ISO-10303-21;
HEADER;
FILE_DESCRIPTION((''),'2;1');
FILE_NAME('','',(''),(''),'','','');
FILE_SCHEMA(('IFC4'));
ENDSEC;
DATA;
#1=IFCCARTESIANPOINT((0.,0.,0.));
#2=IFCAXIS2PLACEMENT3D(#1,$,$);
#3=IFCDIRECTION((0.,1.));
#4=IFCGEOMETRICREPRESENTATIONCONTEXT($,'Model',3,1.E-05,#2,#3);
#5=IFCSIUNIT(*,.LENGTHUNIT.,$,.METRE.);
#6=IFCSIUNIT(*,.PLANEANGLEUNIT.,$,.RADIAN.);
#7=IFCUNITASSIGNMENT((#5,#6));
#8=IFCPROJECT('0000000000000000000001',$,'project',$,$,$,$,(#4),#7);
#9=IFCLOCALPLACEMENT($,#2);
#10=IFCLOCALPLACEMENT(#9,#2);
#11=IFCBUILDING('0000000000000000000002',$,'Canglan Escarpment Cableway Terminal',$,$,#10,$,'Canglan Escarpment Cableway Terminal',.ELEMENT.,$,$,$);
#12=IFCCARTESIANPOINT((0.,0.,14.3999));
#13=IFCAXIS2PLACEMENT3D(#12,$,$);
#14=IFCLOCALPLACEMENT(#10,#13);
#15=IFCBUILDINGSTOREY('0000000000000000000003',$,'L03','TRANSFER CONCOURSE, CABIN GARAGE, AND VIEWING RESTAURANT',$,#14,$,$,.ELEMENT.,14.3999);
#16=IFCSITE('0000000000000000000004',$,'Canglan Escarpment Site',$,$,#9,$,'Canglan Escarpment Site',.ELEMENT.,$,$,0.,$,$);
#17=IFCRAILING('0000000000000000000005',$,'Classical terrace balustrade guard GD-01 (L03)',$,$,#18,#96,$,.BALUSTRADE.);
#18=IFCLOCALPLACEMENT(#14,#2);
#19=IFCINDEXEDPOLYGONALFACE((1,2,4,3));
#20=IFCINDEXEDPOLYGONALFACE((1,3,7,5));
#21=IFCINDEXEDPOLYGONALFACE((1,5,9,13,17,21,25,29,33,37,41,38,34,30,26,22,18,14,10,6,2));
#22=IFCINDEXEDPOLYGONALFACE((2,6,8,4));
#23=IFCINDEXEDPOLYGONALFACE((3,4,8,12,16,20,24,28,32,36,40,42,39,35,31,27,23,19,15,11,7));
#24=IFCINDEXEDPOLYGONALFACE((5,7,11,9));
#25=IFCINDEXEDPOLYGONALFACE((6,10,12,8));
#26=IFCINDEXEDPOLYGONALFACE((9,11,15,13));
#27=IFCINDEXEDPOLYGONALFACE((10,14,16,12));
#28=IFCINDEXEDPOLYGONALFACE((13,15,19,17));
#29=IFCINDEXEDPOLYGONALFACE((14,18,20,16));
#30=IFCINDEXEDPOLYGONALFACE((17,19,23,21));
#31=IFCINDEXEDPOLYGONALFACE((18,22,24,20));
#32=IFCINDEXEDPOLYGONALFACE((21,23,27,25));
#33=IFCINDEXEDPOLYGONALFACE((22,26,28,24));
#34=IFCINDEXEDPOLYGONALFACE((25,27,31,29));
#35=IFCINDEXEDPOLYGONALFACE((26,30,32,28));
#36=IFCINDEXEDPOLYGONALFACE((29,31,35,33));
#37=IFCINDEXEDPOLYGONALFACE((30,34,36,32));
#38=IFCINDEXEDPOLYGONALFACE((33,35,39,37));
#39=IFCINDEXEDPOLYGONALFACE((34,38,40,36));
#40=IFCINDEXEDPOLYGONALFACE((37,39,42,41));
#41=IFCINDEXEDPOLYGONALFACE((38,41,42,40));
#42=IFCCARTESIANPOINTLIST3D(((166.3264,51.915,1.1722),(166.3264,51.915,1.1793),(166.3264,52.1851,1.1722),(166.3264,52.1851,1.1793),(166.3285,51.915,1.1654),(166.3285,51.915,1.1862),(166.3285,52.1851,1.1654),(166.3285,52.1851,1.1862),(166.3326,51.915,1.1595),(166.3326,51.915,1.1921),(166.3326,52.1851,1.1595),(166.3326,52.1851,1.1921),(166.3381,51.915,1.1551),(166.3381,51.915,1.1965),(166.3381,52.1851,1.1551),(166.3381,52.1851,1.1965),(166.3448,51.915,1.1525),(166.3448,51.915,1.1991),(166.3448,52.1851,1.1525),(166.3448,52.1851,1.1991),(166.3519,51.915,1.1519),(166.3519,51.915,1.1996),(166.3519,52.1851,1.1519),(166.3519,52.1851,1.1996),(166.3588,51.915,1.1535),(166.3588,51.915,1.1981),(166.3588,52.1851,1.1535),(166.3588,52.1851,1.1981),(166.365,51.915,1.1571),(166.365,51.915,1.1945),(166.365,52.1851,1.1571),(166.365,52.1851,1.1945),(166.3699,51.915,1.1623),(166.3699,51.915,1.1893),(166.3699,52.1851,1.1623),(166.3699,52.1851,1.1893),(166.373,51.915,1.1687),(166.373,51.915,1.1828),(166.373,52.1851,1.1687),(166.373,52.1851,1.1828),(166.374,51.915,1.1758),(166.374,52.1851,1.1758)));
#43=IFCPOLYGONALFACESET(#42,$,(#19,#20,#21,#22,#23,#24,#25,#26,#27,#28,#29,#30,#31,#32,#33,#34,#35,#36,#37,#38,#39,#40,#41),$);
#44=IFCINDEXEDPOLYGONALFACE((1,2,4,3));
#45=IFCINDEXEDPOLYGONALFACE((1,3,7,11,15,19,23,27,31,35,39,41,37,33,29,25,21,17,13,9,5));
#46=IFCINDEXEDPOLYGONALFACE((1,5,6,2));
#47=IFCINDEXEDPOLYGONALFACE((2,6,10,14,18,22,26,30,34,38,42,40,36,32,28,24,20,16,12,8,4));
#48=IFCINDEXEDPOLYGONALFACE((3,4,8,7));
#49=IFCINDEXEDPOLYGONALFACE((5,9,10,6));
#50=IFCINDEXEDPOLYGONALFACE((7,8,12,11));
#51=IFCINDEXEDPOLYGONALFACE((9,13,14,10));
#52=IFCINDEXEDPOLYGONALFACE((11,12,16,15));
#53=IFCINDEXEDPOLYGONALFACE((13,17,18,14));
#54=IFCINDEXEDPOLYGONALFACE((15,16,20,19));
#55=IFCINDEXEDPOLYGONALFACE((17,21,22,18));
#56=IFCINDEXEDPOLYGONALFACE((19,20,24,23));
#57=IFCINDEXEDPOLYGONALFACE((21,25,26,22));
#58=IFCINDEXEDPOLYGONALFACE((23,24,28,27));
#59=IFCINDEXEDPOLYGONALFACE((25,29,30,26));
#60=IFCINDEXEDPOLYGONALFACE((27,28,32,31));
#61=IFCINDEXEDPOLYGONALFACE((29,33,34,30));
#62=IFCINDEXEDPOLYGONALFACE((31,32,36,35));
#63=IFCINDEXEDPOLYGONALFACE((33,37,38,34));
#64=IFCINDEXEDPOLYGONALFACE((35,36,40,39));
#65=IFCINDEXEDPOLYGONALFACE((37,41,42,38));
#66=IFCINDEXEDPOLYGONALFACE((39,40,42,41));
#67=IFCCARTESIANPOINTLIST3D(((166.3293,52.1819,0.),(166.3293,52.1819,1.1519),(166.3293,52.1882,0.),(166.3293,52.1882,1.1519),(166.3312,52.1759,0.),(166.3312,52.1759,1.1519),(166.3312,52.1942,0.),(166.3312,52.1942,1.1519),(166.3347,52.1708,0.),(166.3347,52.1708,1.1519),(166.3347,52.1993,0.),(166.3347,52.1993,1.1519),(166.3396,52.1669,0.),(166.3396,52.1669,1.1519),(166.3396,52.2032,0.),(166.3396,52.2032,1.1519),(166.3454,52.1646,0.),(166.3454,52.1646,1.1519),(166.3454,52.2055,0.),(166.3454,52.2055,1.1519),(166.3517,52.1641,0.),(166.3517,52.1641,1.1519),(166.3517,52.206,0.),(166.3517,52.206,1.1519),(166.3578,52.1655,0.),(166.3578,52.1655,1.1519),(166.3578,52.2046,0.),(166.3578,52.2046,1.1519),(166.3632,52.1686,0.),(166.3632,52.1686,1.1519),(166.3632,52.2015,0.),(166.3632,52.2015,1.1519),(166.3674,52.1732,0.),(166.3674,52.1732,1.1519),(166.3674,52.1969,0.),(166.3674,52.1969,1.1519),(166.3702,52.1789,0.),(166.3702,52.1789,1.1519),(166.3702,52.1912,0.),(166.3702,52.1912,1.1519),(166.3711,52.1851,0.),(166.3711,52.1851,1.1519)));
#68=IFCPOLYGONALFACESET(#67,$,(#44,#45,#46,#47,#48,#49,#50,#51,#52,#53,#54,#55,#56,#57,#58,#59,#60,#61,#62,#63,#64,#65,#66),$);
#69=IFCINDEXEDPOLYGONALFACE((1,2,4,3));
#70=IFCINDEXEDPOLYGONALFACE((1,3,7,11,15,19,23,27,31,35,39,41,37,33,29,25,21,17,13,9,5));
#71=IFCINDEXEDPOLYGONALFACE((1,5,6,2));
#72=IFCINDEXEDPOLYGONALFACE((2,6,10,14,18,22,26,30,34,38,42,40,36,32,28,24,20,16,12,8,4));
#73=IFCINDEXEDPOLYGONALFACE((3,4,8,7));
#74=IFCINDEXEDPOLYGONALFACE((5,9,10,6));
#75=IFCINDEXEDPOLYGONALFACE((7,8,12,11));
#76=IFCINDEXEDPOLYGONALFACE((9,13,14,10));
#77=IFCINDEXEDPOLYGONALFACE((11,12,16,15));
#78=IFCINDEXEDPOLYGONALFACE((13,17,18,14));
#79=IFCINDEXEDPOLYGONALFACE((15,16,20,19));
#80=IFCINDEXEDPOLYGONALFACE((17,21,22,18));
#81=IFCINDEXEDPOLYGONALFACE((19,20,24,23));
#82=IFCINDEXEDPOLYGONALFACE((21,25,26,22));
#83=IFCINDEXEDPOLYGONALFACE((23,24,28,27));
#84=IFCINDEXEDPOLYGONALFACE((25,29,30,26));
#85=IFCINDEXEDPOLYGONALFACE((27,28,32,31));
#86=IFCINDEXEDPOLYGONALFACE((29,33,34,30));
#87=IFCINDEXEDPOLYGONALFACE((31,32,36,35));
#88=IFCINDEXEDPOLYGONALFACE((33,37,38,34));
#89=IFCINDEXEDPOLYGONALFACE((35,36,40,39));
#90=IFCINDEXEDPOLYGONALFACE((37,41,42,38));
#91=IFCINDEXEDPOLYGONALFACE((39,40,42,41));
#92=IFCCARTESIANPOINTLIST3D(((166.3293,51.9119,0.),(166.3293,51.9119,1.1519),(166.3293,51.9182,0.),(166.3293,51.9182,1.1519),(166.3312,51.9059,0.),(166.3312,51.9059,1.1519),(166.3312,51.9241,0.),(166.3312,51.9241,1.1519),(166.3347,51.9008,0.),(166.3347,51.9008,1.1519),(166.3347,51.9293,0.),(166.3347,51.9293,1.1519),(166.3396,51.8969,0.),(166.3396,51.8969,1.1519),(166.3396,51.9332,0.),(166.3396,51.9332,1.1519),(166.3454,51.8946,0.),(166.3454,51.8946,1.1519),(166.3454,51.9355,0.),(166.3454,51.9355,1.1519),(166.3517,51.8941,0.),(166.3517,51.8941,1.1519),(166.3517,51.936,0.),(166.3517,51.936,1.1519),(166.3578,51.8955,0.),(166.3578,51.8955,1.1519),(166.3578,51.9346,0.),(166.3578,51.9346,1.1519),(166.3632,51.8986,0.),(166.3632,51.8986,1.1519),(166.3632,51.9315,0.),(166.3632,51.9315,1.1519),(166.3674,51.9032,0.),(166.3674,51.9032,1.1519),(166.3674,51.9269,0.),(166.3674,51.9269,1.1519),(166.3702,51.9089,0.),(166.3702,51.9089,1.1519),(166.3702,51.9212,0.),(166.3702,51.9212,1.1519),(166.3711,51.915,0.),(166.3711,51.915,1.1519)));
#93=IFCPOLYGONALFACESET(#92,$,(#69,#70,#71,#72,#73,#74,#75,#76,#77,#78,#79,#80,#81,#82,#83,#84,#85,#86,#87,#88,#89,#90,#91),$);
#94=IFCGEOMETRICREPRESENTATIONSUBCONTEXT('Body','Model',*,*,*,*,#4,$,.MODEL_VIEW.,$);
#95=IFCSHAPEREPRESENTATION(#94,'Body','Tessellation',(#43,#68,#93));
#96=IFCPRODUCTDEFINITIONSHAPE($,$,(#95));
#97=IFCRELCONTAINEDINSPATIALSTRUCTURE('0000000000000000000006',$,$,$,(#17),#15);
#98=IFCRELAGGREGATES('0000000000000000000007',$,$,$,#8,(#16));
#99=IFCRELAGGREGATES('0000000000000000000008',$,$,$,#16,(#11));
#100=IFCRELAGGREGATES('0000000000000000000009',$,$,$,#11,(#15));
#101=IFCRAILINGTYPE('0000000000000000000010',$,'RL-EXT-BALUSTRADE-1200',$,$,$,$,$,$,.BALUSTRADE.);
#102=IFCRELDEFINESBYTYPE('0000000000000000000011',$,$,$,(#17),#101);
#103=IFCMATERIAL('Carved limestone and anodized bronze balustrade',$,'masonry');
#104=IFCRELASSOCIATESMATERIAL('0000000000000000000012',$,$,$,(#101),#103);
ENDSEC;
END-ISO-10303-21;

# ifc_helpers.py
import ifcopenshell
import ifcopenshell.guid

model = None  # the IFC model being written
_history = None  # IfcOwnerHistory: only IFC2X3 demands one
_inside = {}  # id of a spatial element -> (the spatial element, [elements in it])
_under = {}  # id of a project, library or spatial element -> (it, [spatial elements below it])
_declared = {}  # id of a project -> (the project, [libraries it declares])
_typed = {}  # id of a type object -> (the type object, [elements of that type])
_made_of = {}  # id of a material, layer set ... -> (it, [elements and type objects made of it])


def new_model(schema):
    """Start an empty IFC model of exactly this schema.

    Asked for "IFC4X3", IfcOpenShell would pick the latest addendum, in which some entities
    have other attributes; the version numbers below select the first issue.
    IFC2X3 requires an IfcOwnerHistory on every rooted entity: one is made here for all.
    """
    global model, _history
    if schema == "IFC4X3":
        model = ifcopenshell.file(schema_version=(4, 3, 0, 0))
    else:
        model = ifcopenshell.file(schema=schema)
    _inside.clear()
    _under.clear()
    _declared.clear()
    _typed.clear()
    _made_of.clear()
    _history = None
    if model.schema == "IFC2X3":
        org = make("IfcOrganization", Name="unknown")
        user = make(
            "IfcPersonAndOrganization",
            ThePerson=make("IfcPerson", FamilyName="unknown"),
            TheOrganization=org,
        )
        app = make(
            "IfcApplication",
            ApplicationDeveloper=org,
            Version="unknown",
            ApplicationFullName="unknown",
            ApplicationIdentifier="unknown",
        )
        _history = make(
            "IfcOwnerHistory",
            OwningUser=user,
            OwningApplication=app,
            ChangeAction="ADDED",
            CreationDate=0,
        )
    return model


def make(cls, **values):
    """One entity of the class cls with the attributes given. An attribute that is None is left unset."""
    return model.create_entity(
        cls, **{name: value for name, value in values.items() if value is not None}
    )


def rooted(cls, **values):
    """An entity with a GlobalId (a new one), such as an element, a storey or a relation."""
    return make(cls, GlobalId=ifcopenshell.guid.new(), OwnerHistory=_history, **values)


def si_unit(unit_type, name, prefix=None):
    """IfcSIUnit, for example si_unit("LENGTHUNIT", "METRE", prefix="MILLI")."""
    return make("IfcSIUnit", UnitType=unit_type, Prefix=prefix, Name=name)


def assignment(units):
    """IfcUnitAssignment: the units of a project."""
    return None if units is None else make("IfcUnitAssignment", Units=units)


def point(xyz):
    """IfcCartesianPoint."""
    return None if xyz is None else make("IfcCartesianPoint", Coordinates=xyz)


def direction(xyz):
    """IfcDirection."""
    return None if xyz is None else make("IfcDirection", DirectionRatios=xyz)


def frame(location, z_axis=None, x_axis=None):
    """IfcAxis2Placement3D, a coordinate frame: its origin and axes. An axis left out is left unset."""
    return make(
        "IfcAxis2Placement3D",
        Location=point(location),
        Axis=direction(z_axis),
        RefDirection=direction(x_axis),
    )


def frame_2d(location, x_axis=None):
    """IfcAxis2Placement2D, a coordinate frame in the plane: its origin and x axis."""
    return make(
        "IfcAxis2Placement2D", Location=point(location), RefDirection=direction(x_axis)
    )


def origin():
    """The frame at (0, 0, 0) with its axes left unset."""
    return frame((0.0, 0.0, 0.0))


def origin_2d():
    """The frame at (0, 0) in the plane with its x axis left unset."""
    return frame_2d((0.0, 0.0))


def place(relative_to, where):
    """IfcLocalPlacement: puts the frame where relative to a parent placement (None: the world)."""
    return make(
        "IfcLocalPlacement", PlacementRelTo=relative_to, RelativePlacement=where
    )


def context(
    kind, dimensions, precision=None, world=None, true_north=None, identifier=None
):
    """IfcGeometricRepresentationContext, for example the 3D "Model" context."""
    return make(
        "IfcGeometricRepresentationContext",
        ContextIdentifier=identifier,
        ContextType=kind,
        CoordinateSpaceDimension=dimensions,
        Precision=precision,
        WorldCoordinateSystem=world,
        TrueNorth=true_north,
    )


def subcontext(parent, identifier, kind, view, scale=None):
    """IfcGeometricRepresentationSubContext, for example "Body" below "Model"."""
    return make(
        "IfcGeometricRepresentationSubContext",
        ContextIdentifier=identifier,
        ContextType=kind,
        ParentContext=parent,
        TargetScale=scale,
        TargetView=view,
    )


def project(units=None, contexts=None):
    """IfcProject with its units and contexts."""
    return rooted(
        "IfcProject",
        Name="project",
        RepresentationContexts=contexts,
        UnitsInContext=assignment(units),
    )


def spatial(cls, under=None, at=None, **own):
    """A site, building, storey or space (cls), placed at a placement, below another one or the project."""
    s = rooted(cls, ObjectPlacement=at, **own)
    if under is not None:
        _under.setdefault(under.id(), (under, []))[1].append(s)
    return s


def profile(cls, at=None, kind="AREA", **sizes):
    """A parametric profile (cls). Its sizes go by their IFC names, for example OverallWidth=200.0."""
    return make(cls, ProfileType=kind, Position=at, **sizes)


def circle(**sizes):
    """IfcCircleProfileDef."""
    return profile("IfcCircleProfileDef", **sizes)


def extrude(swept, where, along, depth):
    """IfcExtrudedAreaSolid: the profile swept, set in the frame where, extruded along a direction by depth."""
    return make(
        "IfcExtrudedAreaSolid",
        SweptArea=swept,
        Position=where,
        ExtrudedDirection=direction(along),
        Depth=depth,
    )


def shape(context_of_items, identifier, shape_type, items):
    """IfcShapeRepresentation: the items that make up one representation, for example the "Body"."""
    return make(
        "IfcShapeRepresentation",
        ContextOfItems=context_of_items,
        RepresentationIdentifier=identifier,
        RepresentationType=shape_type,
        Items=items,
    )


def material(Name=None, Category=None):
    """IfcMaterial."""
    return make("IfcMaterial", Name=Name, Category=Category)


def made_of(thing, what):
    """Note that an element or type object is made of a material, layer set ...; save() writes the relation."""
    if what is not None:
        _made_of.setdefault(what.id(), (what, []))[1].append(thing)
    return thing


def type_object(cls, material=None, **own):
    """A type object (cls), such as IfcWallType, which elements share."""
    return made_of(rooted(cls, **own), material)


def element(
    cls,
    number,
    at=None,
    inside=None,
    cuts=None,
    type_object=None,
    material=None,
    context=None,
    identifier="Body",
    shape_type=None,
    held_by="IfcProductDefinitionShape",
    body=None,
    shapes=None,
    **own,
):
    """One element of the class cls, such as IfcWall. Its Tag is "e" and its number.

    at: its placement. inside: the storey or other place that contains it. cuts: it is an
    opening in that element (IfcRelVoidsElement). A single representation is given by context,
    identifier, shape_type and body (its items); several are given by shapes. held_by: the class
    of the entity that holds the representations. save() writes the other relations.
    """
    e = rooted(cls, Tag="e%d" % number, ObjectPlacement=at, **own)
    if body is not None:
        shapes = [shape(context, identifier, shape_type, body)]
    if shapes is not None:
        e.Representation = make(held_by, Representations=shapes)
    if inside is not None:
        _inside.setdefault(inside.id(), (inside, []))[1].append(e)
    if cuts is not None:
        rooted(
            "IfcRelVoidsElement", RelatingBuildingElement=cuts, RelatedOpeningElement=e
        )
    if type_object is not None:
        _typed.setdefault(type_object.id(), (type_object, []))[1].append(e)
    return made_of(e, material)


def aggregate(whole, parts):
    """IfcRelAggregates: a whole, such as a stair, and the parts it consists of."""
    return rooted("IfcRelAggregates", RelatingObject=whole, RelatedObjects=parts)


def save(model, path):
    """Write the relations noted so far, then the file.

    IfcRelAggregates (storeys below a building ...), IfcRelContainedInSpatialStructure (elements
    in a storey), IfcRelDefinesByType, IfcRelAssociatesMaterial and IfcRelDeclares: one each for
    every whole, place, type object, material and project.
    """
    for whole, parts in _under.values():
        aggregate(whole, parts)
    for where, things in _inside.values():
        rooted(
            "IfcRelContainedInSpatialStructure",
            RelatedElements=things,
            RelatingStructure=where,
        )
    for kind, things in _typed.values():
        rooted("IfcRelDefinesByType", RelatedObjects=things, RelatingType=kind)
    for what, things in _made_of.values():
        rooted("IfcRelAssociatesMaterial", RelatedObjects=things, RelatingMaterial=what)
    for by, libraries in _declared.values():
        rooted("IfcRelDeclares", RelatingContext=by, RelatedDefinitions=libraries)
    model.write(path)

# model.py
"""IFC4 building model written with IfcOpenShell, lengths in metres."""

from ifc_helpers import new_model, si_unit, direction, frame, origin, origin_2d, place, context, subcontext, project, spatial, circle, extrude, material, type_object, element, save


model = new_model("IFC4")

# Units and contexts
model_context = context("Model", 3, precision=1e-05, world=origin(), true_north=direction((0.0, 1.0)))
body_context = subcontext(model_context, "Body", "Model", "MODEL_VIEW")
ifc_project = project(units=[si_unit("LENGTHUNIT", "METRE"), si_unit("PLANEANGLEUNIT", "RADIAN")], contexts=[model_context])

# Site, building, storey
site_placement = place(None, origin())
site = spatial("IfcSite", under=ifc_project, at=site_placement, Name="Canglan Escarpment Site", LongName="Canglan Escarpment Site", CompositionType="ELEMENT", RefElevation=0.0)
building_placement = place(site_placement, origin())
building = spatial("IfcBuilding", under=site, at=building_placement, Name="Canglan Escarpment Cableway Terminal", LongName="Canglan Escarpment Cableway Terminal", CompositionType="ELEMENT")
storey_placement = place(building_placement, frame((0.0, 0.0, 14.3999)))
storey = spatial("IfcBuildingStorey", under=building, at=storey_placement, Name="L03", Description="TRANSFER CONCOURSE, CABIN GARAGE, AND VIEWING RESTAURANT", CompositionType="ELEMENT", Elevation=14.3999)

# Railing
ifc_material_1 = material(Name="Carved limestone and anodized bronze balustrade", Category="masonry")
railing_type = type_object("IfcRailingType", Name="RL-EXT-BALUSTRADE-1200", PredefinedType="BALUSTRADE", material=ifc_material_1)
railing_placement = place(storey_placement, frame((166.3501, 52.1851, 0.0)))
element("IfcRailing", 1, at=railing_placement, inside=storey, type_object=railing_type, Name="Classical terrace balustrade guard GD-01 (L03)", PredefinedType="BALUSTRADE", context=body_context, shape_type="SweptSolid", body=[
    extrude(circle(Radius=0.0239, at=origin_2d()), frame((0.0, 0.0, 1.1758), z_axis=(0.0, -1.0, 0.0), x_axis=(1.0, 0.0, 0.0)), (0.0, 0.0, 1.0), 0.27),
    extrude(circle(Radius=0.021, at=origin_2d()), origin(), (0.0, 0.0, 1.0), 1.1519),
    extrude(circle(Radius=0.021, at=origin_2d()), frame((0.0, -0.27, 0.0)), (0.0, 0.0, 1.0), 1.1519),
])

save(model, "model.ifc")
